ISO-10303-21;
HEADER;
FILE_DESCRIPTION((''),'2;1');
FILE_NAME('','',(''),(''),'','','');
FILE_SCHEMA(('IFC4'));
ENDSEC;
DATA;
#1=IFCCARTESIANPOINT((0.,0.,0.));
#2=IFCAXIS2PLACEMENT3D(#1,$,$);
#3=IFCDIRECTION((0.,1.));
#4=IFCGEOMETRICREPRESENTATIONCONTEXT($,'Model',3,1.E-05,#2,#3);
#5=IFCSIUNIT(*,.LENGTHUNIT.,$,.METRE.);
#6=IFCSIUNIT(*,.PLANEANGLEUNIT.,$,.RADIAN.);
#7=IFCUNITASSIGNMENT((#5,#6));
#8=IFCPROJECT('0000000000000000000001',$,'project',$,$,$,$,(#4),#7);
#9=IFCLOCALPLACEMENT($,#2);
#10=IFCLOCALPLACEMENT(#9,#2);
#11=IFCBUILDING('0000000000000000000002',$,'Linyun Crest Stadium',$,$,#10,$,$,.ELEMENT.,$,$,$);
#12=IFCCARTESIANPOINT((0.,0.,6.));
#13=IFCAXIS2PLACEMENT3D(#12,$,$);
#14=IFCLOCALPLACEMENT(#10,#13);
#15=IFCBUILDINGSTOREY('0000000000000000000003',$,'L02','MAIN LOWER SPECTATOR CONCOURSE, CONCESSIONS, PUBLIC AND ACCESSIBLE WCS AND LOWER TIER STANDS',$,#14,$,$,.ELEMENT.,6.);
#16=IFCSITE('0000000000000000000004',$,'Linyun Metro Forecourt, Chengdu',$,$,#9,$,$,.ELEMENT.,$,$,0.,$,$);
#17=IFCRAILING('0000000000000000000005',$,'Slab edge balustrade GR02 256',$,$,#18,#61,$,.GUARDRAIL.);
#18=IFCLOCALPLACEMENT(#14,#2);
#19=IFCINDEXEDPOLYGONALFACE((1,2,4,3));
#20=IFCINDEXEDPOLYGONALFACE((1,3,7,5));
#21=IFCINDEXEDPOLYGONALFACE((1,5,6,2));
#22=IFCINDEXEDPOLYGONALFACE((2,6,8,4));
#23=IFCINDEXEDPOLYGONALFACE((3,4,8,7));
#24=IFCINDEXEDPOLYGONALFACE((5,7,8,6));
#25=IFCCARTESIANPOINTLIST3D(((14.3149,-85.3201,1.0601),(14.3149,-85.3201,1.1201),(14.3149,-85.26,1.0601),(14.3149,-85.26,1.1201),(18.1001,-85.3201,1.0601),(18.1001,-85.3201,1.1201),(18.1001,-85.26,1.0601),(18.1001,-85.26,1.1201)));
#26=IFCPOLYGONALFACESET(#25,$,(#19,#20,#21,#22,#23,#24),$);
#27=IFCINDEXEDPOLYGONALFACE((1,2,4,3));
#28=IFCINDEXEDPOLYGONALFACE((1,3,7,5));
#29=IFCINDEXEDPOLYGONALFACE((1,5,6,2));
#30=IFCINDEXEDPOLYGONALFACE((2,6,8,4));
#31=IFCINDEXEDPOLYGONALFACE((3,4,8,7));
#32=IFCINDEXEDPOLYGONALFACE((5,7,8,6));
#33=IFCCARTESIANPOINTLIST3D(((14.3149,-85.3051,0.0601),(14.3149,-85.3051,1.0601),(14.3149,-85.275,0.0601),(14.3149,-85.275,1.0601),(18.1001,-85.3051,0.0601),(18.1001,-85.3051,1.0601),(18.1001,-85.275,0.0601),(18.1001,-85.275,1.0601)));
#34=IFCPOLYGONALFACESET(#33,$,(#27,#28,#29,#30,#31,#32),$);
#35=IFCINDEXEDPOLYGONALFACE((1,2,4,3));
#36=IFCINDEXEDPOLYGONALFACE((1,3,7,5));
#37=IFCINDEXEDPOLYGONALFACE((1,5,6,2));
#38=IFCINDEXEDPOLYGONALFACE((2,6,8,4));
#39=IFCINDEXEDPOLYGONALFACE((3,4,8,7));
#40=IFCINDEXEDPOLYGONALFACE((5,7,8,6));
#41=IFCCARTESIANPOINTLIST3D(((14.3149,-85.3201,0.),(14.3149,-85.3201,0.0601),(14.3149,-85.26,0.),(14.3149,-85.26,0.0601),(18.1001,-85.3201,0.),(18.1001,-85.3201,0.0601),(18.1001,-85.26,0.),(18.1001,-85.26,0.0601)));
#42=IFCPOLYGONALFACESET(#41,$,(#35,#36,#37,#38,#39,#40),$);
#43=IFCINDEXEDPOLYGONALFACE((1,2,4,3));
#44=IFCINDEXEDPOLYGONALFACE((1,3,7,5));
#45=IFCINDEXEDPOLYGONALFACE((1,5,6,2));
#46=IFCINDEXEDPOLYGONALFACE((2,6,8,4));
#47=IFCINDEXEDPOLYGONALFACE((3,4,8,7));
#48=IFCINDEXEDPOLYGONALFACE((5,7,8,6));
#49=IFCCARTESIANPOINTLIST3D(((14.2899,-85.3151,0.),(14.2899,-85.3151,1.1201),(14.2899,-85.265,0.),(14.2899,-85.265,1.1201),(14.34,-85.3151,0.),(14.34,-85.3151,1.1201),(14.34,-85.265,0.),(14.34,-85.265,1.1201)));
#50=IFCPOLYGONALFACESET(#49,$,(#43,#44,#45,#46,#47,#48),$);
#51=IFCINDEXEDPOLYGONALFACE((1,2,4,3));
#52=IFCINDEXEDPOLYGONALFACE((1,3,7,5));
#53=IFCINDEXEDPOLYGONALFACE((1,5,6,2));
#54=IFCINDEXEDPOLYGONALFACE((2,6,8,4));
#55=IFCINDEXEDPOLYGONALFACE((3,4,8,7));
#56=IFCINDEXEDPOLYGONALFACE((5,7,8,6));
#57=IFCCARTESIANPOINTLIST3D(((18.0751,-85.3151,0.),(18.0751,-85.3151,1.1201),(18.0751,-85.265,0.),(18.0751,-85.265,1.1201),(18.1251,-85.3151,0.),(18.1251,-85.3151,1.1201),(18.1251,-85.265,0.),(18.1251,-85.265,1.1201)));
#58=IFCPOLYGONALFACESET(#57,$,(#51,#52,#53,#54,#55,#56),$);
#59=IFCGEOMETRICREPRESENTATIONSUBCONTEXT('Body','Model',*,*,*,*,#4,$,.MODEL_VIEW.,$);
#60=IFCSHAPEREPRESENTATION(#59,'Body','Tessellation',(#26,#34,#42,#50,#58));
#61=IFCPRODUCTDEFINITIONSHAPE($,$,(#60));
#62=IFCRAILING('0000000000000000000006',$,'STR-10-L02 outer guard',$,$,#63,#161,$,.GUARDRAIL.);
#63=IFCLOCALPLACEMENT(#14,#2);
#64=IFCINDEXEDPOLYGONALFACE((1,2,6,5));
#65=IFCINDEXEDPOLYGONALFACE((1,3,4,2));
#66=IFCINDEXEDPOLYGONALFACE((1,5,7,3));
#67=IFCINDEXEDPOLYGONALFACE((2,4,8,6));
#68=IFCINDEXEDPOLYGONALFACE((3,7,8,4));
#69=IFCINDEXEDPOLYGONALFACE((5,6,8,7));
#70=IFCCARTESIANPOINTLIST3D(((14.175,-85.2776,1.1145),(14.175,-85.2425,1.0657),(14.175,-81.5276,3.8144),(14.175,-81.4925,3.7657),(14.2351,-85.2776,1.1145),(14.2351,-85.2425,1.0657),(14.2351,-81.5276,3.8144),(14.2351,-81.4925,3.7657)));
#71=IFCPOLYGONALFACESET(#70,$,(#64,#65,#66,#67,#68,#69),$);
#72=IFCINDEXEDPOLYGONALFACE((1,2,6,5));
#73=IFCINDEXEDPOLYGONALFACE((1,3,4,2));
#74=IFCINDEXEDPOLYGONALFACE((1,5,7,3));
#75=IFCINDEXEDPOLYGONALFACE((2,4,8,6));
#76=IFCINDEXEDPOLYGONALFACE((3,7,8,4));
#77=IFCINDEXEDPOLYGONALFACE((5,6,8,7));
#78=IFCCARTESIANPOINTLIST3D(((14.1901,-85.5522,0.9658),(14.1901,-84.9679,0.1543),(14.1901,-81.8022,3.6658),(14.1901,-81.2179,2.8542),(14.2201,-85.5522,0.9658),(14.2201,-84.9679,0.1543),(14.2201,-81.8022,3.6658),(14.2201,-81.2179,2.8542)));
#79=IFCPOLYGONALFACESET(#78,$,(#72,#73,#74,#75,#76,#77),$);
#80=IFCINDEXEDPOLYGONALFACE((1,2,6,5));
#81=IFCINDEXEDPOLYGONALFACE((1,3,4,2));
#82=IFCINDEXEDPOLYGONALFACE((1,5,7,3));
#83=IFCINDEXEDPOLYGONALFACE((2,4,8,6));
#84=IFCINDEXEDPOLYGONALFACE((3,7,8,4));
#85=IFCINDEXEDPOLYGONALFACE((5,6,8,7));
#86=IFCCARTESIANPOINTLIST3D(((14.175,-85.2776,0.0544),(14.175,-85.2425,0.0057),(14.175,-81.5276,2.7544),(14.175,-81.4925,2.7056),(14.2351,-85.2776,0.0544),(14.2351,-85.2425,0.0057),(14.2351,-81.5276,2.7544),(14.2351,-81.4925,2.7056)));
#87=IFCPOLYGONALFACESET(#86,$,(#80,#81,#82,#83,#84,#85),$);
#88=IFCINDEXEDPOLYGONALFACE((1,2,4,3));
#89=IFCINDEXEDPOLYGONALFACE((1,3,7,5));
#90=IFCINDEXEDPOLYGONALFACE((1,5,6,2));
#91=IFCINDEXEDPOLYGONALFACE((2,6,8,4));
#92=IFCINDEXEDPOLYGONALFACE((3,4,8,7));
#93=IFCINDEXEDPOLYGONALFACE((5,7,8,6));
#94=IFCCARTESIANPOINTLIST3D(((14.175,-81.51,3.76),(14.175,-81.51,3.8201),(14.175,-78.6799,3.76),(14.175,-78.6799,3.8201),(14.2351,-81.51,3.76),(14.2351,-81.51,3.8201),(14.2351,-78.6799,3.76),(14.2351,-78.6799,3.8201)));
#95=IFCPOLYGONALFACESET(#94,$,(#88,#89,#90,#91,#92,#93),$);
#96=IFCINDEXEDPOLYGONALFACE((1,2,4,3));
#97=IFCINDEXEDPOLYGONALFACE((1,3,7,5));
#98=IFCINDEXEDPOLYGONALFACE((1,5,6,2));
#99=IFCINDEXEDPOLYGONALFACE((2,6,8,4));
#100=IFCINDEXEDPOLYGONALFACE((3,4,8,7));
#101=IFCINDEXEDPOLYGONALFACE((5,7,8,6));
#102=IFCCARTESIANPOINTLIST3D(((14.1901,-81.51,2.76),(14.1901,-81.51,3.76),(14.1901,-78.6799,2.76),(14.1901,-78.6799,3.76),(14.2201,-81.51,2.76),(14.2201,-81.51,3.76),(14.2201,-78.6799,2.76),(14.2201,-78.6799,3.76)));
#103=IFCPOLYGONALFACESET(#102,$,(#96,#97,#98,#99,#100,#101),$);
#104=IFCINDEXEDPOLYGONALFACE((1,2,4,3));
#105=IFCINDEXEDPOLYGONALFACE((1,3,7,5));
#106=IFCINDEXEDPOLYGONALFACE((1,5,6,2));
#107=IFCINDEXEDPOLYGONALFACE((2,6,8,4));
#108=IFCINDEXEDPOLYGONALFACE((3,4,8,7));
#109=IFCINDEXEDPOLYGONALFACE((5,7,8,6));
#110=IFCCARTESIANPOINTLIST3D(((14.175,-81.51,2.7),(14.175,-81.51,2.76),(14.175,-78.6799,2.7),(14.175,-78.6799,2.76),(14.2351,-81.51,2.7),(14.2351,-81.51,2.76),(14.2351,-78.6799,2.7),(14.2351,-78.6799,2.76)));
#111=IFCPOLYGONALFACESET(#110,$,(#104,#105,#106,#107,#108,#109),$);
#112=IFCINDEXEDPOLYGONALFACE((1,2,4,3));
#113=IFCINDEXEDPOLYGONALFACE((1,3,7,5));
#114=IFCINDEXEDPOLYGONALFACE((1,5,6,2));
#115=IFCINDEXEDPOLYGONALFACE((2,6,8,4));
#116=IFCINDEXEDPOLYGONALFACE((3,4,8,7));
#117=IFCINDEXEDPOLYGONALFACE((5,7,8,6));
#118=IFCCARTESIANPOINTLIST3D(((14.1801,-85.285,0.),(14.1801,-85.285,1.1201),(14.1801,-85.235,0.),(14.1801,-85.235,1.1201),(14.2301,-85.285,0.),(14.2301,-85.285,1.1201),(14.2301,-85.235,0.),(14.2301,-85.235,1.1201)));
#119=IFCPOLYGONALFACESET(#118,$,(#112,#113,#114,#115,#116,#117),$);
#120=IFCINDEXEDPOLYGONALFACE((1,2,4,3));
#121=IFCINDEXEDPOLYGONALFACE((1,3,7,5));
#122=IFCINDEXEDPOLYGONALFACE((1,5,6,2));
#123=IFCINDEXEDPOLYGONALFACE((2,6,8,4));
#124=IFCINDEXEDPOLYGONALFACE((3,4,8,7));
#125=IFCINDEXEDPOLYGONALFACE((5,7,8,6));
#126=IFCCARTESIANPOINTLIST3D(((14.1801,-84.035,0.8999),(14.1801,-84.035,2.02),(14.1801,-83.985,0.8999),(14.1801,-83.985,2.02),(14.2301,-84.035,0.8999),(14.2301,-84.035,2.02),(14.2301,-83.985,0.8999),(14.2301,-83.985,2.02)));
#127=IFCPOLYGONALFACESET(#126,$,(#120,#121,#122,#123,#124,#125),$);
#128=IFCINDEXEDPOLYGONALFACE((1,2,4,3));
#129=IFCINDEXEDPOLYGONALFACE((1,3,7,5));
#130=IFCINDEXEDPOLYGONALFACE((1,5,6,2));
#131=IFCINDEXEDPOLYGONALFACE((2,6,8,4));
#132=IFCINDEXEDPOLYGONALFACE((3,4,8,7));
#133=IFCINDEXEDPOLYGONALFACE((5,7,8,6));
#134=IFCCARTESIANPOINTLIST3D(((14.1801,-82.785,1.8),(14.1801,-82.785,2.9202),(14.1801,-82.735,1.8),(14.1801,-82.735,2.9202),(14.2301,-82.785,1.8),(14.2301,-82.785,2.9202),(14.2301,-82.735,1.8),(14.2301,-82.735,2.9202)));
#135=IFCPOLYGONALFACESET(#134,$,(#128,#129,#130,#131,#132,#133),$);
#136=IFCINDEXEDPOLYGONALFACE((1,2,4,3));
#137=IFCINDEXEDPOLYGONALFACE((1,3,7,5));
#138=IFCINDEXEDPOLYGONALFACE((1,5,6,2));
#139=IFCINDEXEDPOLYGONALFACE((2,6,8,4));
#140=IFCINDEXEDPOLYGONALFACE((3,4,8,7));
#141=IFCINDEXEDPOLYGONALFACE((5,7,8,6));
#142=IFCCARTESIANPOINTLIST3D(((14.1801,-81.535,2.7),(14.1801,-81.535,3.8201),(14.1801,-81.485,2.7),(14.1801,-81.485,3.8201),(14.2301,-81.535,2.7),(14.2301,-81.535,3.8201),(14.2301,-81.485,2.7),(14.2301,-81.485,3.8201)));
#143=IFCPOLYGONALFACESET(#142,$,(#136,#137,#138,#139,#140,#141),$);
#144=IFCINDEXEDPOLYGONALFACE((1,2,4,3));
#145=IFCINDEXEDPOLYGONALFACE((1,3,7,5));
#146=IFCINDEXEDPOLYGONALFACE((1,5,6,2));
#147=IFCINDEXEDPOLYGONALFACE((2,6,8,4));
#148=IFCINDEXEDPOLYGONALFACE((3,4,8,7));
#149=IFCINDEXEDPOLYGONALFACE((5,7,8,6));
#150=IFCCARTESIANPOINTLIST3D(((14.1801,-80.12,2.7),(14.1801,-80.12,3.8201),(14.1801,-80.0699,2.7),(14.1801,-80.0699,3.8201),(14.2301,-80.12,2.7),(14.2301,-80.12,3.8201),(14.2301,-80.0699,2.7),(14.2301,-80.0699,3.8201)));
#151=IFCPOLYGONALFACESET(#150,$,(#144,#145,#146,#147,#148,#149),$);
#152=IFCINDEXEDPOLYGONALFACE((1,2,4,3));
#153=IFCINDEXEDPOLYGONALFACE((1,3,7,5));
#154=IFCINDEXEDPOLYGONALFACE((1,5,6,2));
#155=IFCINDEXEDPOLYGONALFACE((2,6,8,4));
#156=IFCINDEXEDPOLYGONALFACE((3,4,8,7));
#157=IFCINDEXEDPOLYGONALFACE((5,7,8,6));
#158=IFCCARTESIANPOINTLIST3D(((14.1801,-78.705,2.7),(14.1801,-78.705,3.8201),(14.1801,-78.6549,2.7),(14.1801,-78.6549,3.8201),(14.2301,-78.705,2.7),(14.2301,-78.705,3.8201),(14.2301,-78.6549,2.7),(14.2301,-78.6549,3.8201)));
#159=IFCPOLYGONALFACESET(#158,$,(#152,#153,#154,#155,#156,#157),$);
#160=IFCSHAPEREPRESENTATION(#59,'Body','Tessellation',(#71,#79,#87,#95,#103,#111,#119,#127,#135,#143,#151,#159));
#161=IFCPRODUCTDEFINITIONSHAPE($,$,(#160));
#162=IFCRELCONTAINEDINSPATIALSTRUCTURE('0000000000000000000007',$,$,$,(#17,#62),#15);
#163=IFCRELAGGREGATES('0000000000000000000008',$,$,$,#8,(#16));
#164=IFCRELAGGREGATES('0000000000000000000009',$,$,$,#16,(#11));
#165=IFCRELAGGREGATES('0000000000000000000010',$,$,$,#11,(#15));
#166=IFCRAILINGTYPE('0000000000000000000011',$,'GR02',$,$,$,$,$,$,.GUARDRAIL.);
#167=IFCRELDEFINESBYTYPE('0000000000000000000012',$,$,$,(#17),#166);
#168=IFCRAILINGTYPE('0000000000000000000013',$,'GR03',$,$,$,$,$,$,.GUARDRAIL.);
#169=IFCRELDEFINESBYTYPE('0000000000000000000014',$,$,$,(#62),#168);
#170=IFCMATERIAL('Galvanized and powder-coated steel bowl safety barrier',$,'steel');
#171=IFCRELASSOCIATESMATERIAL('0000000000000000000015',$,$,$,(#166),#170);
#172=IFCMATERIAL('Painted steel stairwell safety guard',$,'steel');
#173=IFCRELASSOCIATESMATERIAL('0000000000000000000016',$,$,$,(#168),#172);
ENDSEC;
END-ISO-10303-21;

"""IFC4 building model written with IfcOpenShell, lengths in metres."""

from ifc_helpers import new_model, si_unit, direction, frame, origin, origin_2d, place, context, subcontext, project, spatial, rectangle, extrude, material, type_object, element, save


model = new_model("IFC4")

# Units and contexts
model_context = context("Model", 3, precision=1e-05, world=origin(), true_north=direction((0.0, 1.0)))
body_context = subcontext(model_context, "Body", "Model", "MODEL_VIEW")
ifc_project = project(units=[si_unit("LENGTHUNIT", "METRE"), si_unit("PLANEANGLEUNIT", "RADIAN")], contexts=[model_context])

# Site, building, storey
site_placement = place(None, origin())
site = spatial("IfcSite", under=ifc_project, at=site_placement, Name="Linyun Metro Forecourt, Chengdu", CompositionType="ELEMENT", RefElevation=0.0)
building_placement = place(site_placement, origin())
building = spatial("IfcBuilding", under=site, at=building_placement, Name="Linyun Crest Stadium", CompositionType="ELEMENT")
storey_placement = place(building_placement, frame((0.0, 0.0, 6.0)))
storey = spatial("IfcBuildingStorey", under=building, at=storey_placement, Name="L02", Description="MAIN LOWER SPECTATOR CONCOURSE, CONCESSIONS, PUBLIC AND ACCESSIBLE WCS AND LOWER TIER STANDS", CompositionType="ELEMENT", Elevation=6.0)

# Railings
ifc_material_1 = material(Name="Galvanized and powder-coated steel bowl safety barrier", Category="steel")
railing_type_1 = type_object("IfcRailingType", Name="GR02", PredefinedType="GUARDRAIL", material=ifc_material_1)
railing_1_placement = place(storey_placement, frame((14.3149, -85.29, 0.0)))
element("IfcRailing", 1, at=railing_1_placement, inside=storey, type_object=railing_type_1, Name="Slab edge balustrade GR02 256", PredefinedType="GUARDRAIL", context=body_context, shape_type="SweptSolid", body=[
    extrude(rectangle(XDim=0.0601, YDim=0.0601, at=origin_2d()), frame((0.0, 0.0, 1.0901), z_axis=(1.0, 0.0, 0.0), x_axis=(0.0, 1.0, 0.0)), (0.0, 0.0, 1.0), 3.7852),
    extrude(rectangle(XDim=0.03, YDim=1.0, at=origin_2d()), frame((0.0, 0.0, 0.5601), z_axis=(1.0, 0.0, 0.0), x_axis=(0.0, 1.0, 0.0)), (0.0, 0.0, 1.0), 3.7852),
    extrude(rectangle(XDim=0.0601, YDim=0.0601, at=origin_2d()), frame((0.0, 0.0, 0.03), z_axis=(1.0, 0.0, 0.0), x_axis=(0.0, 1.0, 0.0)), (0.0, 0.0, 1.0), 3.7852),
    extrude(rectangle(XDim=0.05, YDim=0.05, at=origin_2d()), origin(), (0.0, 0.0, 1.0), 1.1201),
    extrude(rectangle(XDim=0.05, YDim=0.05, at=origin_2d()), frame((3.7852, 0.0, 0.0)), (0.0, 0.0, 1.0), 1.1201),
])
ifc_material_2 = material(Name="Painted steel stairwell safety guard", Category="steel")
railing_type_2 = type_object("IfcRailingType", Name="GR03", PredefinedType="GUARDRAIL", material=ifc_material_2)
railing_2_placement = place(storey_placement, frame((14.2051, -85.26, 0.0)))
element("IfcRailing", 2, at=railing_2_placement, inside=storey, type_object=railing_type_2, Name="STR-10-L02 outer guard", PredefinedType="GUARDRAIL", context=body_context, shape_type="SweptSolid", body=[
    extrude(rectangle(XDim=0.0601, YDim=0.0601, at=origin_2d()), frame((0.0, 0.0, 1.0901), z_axis=(0.0, 0.811539, 0.584298), x_axis=(-1.0, 0.0, 0.0)), (0.0, 0.0, 1.0), 4.6208),
    extrude(rectangle(XDim=0.03, YDim=1.0, at=origin_2d()), frame((0.0, 0.0, 0.5601), z_axis=(0.0, 0.811539, 0.584298), x_axis=(-1.0, 0.0, 0.0)), (0.0, 0.0, 1.0), 4.6208),
    extrude(rectangle(XDim=0.0601, YDim=0.0601, at=origin_2d()), frame((0.0, 0.0, 0.03), z_axis=(0.0, 0.811539, 0.584298), x_axis=(-1.0, 0.0, 0.0)), (0.0, 0.0, 1.0), 4.6208),
    extrude(rectangle(XDim=0.0601, YDim=0.0601, at=origin_2d()), frame((0.0, 3.75, 3.79), z_axis=(0.0, 1.0, 0.0), x_axis=(-1.0, 0.0, 0.0)), (0.0, 0.0, 1.0), 2.8301),
    extrude(rectangle(XDim=0.03, YDim=1.0, at=origin_2d()), frame((0.0, 3.75, 3.26), z_axis=(0.0, 1.0, 0.0), x_axis=(-1.0, 0.0, 0.0)), (0.0, 0.0, 1.0), 2.8301),
    extrude(rectangle(XDim=0.0601, YDim=0.0601, at=origin_2d()), frame((0.0, 3.75, 2.73), z_axis=(0.0, 1.0, 0.0), x_axis=(-1.0, 0.0, 0.0)), (0.0, 0.0, 1.0), 2.8301),
    extrude(rectangle(XDim=0.05, YDim=0.05, at=origin_2d()), origin(), (0.0, 0.0, 1.0), 1.1201),
    extrude(rectangle(XDim=0.05, YDim=0.05, at=origin_2d()), frame((0.0, 1.25, 0.8999)), (0.0, 0.0, 1.0), 1.1201),
    extrude(rectangle(XDim=0.05, YDim=0.05, at=origin_2d()), frame((0.0, 2.5, 1.8)), (0.0, 0.0, 1.0), 1.1201),
    extrude(rectangle(XDim=0.05, YDim=0.05, at=origin_2d()), frame((0.0, 3.75, 2.7)), (0.0, 0.0, 1.0), 1.1201),
    extrude(rectangle(XDim=0.05, YDim=0.05, at=origin_2d()), frame((0.0, 5.165, 2.7)), (0.0, 0.0, 1.0), 1.1201),
    extrude(rectangle(XDim=0.05, YDim=0.05, at=origin_2d()), frame((0.0, 6.5801, 2.7)), (0.0, 0.0, 1.0), 1.1201),
])

save(model, "model.ifc")
